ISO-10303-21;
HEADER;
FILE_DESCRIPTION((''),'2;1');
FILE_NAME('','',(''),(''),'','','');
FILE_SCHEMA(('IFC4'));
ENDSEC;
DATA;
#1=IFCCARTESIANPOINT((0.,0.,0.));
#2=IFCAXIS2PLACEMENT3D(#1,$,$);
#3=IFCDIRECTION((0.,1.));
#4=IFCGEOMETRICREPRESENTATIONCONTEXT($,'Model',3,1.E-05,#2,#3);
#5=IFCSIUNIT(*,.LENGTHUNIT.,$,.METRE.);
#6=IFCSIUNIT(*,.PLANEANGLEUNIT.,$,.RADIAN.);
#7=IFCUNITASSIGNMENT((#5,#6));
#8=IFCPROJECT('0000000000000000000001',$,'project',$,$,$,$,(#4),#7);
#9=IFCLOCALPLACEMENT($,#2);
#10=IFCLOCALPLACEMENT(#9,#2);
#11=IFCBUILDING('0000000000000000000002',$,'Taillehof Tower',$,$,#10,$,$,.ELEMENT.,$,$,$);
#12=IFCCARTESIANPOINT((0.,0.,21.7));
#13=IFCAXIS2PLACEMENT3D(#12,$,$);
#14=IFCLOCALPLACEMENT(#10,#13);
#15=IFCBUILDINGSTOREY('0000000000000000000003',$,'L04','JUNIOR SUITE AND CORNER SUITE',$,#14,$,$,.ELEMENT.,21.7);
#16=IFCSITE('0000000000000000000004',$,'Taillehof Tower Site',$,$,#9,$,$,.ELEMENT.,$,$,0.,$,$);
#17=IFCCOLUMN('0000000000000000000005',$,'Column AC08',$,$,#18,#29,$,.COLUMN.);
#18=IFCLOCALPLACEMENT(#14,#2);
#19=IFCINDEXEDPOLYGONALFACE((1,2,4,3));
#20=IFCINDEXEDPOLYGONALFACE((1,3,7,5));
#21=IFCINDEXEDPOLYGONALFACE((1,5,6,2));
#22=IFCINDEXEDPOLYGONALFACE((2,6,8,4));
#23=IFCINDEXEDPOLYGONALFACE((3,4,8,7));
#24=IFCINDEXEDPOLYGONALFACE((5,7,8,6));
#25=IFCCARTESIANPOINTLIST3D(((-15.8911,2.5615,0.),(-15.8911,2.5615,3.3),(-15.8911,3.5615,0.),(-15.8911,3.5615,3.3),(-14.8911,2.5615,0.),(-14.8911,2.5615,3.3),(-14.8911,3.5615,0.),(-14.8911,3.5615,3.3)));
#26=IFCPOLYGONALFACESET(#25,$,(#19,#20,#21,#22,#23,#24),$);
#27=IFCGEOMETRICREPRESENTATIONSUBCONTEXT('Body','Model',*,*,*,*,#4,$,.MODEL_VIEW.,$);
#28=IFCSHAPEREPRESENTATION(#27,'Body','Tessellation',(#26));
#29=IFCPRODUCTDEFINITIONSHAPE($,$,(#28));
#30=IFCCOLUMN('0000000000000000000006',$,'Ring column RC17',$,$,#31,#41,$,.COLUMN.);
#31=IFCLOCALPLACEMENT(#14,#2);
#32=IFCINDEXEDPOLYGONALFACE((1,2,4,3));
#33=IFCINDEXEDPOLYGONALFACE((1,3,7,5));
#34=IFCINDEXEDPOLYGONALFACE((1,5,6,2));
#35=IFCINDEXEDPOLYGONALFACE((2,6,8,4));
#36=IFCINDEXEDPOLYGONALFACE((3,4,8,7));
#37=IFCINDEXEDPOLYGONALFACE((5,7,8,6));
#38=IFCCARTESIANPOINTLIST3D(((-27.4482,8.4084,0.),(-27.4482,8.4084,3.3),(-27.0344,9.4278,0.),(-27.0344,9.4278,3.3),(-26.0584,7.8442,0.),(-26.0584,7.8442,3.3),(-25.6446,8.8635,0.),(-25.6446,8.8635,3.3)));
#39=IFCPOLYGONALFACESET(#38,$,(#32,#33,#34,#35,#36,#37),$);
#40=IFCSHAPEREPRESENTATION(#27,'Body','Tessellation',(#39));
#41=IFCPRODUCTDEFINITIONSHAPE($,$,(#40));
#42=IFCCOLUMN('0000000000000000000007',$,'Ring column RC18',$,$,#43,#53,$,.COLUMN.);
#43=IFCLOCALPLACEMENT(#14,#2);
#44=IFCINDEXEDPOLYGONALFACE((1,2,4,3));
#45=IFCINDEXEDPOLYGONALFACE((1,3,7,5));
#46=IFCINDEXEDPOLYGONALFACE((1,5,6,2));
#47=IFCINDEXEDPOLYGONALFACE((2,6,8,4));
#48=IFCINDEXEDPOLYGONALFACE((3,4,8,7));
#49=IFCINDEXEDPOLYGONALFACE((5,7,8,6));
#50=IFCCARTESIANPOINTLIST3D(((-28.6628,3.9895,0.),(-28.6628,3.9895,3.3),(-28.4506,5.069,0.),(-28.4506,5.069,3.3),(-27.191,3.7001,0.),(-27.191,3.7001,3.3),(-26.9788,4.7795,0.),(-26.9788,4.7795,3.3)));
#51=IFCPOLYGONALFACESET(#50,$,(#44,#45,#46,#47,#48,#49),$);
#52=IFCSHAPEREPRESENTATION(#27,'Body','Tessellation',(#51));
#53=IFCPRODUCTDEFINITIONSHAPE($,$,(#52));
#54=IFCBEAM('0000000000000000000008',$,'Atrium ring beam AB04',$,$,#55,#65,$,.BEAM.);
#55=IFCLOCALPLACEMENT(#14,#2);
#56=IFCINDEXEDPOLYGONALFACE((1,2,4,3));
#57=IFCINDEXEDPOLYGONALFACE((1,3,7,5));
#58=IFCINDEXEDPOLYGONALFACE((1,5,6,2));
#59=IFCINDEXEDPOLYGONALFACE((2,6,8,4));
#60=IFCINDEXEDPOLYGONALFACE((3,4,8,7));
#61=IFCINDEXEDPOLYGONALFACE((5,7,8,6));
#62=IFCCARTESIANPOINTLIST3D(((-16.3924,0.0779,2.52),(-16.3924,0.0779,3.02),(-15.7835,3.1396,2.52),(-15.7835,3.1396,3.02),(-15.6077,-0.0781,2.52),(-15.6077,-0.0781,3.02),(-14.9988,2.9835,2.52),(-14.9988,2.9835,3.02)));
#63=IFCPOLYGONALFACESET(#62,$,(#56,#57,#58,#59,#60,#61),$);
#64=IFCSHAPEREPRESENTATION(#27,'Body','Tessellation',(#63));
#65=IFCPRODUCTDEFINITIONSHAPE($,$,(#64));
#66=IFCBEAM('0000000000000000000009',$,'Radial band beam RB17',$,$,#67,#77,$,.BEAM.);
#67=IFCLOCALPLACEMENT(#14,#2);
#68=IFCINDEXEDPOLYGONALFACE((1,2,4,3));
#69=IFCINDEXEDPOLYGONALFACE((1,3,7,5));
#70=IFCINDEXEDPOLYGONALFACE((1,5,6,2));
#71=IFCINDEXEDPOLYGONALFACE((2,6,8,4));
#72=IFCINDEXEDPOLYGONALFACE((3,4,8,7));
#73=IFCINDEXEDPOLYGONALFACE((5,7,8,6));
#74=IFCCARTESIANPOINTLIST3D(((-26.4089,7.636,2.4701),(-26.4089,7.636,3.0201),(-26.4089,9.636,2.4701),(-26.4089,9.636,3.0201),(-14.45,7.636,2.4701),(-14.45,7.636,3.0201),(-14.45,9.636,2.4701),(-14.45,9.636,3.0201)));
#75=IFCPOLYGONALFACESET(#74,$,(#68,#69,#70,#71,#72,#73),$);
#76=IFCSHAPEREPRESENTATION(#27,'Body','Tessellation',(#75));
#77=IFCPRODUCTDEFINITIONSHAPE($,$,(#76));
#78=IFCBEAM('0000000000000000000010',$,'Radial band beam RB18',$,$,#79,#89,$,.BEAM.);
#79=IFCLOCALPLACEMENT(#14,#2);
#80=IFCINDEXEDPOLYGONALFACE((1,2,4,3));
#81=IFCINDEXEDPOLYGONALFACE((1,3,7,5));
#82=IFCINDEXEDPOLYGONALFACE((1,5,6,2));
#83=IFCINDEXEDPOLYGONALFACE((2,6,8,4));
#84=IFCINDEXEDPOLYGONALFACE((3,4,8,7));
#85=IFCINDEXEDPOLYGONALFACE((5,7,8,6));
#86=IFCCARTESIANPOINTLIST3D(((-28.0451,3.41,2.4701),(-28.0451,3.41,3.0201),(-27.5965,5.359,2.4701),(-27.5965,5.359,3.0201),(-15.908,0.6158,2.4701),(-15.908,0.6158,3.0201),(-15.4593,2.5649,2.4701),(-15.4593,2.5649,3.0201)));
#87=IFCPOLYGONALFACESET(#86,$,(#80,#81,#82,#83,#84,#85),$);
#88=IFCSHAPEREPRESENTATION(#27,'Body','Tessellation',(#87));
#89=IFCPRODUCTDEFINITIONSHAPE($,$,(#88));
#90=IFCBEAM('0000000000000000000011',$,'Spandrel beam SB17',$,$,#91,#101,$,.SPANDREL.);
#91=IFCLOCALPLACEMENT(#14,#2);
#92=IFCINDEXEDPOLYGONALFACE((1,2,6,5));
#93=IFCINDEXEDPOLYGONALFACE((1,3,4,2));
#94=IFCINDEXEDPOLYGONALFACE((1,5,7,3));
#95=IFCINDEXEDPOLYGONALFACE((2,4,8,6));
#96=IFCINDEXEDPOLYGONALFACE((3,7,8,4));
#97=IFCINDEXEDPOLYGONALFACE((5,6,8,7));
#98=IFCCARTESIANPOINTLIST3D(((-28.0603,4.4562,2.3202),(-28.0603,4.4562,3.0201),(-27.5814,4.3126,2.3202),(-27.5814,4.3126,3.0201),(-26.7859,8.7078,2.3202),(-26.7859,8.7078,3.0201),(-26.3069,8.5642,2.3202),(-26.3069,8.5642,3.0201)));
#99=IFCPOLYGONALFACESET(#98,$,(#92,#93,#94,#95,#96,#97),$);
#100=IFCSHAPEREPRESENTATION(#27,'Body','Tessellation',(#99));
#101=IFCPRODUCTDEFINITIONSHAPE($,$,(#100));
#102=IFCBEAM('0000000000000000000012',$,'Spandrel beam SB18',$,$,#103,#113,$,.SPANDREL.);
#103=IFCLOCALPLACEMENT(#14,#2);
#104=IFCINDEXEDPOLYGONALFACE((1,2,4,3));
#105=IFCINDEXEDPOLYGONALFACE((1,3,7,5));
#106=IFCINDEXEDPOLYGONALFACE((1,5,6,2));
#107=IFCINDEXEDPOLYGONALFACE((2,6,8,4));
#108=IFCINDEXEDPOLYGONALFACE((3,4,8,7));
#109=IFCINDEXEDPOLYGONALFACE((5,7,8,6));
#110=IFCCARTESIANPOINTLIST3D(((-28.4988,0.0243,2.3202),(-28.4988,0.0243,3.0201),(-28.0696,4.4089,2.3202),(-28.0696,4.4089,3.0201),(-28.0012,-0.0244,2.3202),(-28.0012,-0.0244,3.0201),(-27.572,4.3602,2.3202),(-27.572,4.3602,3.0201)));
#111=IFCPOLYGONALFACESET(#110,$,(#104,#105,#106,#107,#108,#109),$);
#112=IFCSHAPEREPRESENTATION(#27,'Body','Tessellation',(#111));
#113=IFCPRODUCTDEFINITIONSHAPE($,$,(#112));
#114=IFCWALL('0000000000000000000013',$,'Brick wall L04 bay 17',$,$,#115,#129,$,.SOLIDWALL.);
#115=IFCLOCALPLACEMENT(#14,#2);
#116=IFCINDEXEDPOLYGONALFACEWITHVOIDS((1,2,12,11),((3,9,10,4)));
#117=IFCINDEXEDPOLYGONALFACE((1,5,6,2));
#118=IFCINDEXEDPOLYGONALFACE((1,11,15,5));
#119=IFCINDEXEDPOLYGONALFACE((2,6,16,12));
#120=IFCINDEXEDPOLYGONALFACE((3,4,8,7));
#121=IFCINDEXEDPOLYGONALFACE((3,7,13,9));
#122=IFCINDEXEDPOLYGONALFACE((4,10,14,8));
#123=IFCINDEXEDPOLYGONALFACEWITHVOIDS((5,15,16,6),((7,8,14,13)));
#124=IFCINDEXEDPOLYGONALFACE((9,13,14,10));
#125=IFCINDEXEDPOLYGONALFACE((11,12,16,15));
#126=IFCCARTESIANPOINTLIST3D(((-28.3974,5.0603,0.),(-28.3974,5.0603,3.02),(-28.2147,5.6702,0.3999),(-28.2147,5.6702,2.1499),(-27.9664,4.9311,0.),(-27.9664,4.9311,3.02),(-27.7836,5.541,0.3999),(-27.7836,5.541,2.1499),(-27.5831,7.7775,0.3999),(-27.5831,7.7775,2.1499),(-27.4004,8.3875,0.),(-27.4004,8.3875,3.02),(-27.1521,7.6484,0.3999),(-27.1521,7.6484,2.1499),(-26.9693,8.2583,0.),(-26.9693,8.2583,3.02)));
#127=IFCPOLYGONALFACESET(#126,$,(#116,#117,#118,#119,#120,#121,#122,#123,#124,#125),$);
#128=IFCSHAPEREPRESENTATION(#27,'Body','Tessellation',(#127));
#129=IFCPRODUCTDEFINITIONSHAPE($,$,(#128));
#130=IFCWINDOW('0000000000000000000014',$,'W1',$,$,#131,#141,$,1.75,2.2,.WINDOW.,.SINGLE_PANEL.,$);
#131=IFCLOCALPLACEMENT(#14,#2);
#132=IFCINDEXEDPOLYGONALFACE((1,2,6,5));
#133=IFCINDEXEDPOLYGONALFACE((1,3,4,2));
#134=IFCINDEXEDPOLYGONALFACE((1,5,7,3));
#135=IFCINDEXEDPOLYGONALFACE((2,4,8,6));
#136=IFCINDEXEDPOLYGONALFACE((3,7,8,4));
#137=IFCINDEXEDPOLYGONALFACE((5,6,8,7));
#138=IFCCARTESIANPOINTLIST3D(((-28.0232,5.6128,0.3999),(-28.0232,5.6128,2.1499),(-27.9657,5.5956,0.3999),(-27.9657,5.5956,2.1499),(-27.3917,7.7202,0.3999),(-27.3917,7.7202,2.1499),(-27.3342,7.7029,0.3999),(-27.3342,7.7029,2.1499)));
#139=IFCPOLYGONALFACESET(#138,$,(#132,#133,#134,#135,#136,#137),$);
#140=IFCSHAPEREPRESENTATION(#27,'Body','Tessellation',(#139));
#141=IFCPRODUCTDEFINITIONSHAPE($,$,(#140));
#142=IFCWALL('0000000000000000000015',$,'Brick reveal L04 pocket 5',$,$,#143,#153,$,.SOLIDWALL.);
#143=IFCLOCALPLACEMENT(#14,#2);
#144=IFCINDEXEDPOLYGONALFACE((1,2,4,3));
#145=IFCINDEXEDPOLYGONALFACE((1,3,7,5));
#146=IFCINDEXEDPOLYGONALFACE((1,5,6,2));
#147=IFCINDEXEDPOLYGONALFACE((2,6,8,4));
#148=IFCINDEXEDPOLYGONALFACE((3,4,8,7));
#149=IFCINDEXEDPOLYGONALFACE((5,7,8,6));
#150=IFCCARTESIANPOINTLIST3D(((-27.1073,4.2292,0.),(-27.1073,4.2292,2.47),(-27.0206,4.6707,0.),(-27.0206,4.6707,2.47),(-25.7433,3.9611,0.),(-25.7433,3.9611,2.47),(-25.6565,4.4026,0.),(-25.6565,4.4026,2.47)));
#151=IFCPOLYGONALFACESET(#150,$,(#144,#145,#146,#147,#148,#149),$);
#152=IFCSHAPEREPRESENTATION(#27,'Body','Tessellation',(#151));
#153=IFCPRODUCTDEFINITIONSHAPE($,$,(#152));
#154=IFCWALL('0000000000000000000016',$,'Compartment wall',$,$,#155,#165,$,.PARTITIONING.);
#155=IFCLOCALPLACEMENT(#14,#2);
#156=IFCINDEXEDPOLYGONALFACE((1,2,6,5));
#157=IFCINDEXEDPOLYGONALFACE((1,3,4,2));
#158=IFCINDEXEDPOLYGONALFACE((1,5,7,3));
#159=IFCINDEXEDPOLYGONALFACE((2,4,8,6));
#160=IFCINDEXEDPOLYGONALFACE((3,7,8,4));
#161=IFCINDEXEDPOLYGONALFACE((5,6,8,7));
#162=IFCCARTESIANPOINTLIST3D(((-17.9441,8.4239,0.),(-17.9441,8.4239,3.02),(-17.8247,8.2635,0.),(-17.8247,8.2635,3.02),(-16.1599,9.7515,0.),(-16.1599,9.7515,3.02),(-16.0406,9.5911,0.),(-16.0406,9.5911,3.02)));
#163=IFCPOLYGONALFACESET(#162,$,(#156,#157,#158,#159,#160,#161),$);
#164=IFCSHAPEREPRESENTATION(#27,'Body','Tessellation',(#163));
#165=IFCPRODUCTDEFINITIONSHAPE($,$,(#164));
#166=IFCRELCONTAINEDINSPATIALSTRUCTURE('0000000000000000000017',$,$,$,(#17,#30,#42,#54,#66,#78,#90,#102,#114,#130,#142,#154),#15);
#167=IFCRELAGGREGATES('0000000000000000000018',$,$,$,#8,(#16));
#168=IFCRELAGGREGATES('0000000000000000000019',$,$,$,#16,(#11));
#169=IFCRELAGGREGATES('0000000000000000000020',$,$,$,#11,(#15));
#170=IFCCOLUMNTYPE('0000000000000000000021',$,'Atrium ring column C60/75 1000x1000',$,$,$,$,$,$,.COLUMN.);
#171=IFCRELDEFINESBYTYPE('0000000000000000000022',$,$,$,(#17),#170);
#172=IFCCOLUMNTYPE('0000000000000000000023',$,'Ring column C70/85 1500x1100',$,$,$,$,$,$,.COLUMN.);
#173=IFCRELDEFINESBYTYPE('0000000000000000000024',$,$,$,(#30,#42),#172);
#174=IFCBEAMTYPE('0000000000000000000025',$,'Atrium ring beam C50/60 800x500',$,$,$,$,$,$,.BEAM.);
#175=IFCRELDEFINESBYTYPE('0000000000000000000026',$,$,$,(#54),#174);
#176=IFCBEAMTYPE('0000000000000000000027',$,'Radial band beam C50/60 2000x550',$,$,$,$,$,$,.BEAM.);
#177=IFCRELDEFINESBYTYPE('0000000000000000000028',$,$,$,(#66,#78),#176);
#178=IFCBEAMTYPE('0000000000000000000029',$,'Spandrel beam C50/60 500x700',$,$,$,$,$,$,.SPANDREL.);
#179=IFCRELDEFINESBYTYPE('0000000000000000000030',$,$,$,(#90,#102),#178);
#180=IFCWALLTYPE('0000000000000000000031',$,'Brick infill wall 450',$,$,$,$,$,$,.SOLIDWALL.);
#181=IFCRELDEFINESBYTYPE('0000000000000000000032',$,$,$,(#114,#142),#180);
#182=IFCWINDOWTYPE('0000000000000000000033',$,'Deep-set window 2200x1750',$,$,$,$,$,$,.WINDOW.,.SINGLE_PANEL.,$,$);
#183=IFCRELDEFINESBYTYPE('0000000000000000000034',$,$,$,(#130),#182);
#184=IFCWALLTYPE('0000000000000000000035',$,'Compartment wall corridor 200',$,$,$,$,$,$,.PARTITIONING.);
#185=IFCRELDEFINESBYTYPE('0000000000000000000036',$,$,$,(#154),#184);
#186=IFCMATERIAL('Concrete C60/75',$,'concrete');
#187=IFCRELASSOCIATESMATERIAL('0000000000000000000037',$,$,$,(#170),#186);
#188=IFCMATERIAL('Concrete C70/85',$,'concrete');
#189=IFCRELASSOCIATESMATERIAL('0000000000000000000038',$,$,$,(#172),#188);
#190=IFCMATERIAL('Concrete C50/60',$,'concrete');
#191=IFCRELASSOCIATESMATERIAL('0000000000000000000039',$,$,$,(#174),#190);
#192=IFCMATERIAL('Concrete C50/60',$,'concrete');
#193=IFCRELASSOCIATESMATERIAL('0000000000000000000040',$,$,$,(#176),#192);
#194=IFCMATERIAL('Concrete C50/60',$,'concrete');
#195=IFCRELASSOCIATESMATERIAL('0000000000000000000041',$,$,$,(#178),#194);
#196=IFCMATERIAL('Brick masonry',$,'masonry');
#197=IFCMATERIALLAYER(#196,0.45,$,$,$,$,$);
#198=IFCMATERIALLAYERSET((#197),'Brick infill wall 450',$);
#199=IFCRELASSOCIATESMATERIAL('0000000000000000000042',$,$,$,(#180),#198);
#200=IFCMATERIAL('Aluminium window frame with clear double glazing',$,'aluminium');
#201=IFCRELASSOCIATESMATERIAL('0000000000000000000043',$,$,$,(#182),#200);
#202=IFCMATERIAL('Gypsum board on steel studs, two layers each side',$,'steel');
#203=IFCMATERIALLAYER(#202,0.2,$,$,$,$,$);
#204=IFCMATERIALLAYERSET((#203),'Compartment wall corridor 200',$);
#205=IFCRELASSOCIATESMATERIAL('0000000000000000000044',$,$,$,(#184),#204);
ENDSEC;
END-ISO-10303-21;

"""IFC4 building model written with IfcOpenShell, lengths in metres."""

from ifc_helpers import new_model, si_unit, direction, frame, frame_2d, origin, origin_2d, place, context, subcontext, project, spatial, rectangle, extrude, material, layer, layer_set, material_profile, profile_set, type_object, element, fill, save


model = new_model("IFC4")

# Units and contexts
model_context = context("Model", 3, precision=1e-05, world=origin(), true_north=direction((0.0, 1.0)))
body_context = subcontext(model_context, "Body", "Model", "MODEL_VIEW")
ifc_project = project(units=[si_unit("LENGTHUNIT", "METRE"), si_unit("PLANEANGLEUNIT", "RADIAN")], contexts=[model_context])

# Site, building, storey
site_placement = place(None, origin())
site = spatial("IfcSite", under=ifc_project, at=site_placement, Name="Taillehof Tower Site", CompositionType="ELEMENT", RefElevation=0.0)
building_placement = place(site_placement, origin())
building = spatial("IfcBuilding", under=site, at=building_placement, Name="Taillehof Tower", CompositionType="ELEMENT")
storey_placement = place(building_placement, frame((0.0, 0.0, 21.7)))
storey = spatial("IfcBuildingStorey", under=building, at=storey_placement, Name="L04", Description="JUNIOR SUITE AND CORNER SUITE", CompositionType="ELEMENT", Elevation=21.7)

# Columns
ifc_material_1 = material(Name="Concrete C60/75", Category="concrete")
ifc_material_profile_1 = material_profile(ifc_material_1, rectangle(XDim=1.0, YDim=1.0, at=origin_2d()), Name="RC 1000x1000")
ifc_profile_set_1 = profile_set([ifc_material_profile_1], Name="Concrete C60/75")
column_type_1 = type_object("IfcColumnType", Name="Atrium ring column C60/75 1000x1000", PredefinedType="COLUMN", material=ifc_profile_set_1)
column_placement = place(storey_placement, frame((-15.3911, 3.0615, 0.0), z_axis=(0.0, 0.0, 1.0), x_axis=(1.0, 0.0, 0.0)))
element("IfcColumn", 1, at=column_placement, inside=storey, type_object=column_type_1, Name="Column AC08", PredefinedType="COLUMN", context=body_context, shape_type="SweptSolid", body=[
    extrude(rectangle(XDim=1.0, YDim=1.0, at=origin_2d()), origin(), (0.0, 0.0, 1.0), 3.3),
])
ifc_material_2 = material(Name="Concrete C70/85", Category="concrete")
ifc_material_profile_2 = material_profile(ifc_material_2, rectangle(XDim=1.5, YDim=1.1001, at=origin_2d()), Name="RC 1500x1100")
ifc_profile_set_2 = profile_set([ifc_material_profile_2], Name="Concrete C70/85")
column_type_2 = type_object("IfcColumnType", Name="Ring column C70/85 1500x1100", PredefinedType="COLUMN", material=ifc_profile_set_2)
for number, where, z_axis, x_axis, name in (
    (2, (-26.5464, 8.636, 0.0), (0.0, 0.0, 1.0), (-0.926558, 0.376152, 0.0), "Ring column RC17"),
    (3, (-27.8208, 4.3845, 0.0), (0.0, 0.0, 1.0), (-0.981204, 0.192976, 0.0), "Ring column RC18"),
):
    element("IfcColumn", number, at=place(storey_placement, frame(where, z_axis=z_axis, x_axis=x_axis)), inside=storey, type_object=column_type_2, Name=name, PredefinedType="COLUMN", context=body_context, shape_type="SweptSolid", body=[
        extrude(rectangle(XDim=1.5, YDim=1.1001, at=origin_2d()), origin(), (0.0, 0.0, 1.0), 3.3),
    ])

# Beams
ifc_material_3 = material(Name="Concrete C50/60", Category="concrete")
ifc_material_profile_3 = material_profile(ifc_material_3, rectangle(XDim=0.8, YDim=0.5, at=origin_2d()), Name="RC 800x500")
ifc_profile_set_3 = profile_set([ifc_material_profile_3], Name="Concrete C50/60")
beam_type_1 = type_object("IfcBeamType", Name="Atrium ring beam C50/60 800x500", PredefinedType="BEAM", material=ifc_profile_set_3)
beam_1_placement = place(storey_placement, frame((-15.3911, 3.0615, 2.77), z_axis=(-0.195063, -0.980791, 0.0), x_axis=(0.980791, -0.195063, 0.0)))
element("IfcBeam", 4, at=beam_1_placement, inside=storey, type_object=beam_type_1, Name="Atrium ring beam AB04", PredefinedType="BEAM", context=body_context, shape_type="SweptSolid", body=[
    extrude(rectangle(XDim=0.8, YDim=0.5, at=origin_2d()), origin(), (0.0, 0.0, 1.0), 3.1216),
])
ifc_material_4 = material(Name="Concrete C50/60", Category="concrete")
ifc_material_profile_4 = material_profile(ifc_material_4, rectangle(XDim=2.0, YDim=0.55, at=origin_2d()), Name="RC 2000x550")
ifc_profile_set_4 = profile_set([ifc_material_profile_4], Name="Concrete C50/60")
beam_type_2 = type_object("IfcBeamType", Name="Radial band beam C50/60 2000x550", PredefinedType="BEAM", material=ifc_profile_set_4)
beam_2_placement = place(storey_placement, frame((-26.4089, 8.636, 2.7451), z_axis=(1.0, 0.0, 0.0), x_axis=(0.0, 1.0, 0.0)))
element("IfcBeam", 5, at=beam_2_placement, inside=storey, type_object=beam_type_2, Name="Radial band beam RB17", PredefinedType="BEAM", context=body_context, shape_type="SweptSolid", body=[
    extrude(rectangle(XDim=2.0, YDim=0.55, at=origin_2d()), origin(), (0.0, 0.0, 1.0), 11.959),
])
beam_3_placement = place(storey_placement, frame((-27.8208, 4.3845, 2.7451), z_axis=(0.974509, -0.224348, 0.0), x_axis=(0.224348, 0.974509, 0.0)))
element("IfcBeam", 6, at=beam_3_placement, inside=storey, type_object=beam_type_2, Name="Radial band beam RB18", PredefinedType="BEAM", context=body_context, shape_type="SweptSolid", body=[
    extrude(rectangle(XDim=2.0, YDim=0.55, at=origin_2d()), origin(), (0.0, 0.0, 1.0), 12.4546),
])
ifc_material_5 = material(Name="Concrete C50/60", Category="concrete")
ifc_material_profile_5 = material_profile(ifc_material_5, rectangle(XDim=0.5, YDim=0.7, at=origin_2d()), Name="RC 500x700")
ifc_profile_set_5 = profile_set([ifc_material_profile_5], Name="Concrete C50/60")
beam_type_3 = type_object("IfcBeamType", Name="Spandrel beam C50/60 500x700", PredefinedType="SPANDREL", material=ifc_profile_set_5)
beam_4_placement = place(storey_placement, frame((-26.5464, 8.636, 2.6702), z_axis=(-0.287136, -0.95789, 0.0), x_axis=(0.95789, -0.287136, 0.0)))
element("IfcBeam", 7, at=beam_4_placement, inside=storey, type_object=beam_type_3, Name="Spandrel beam SB17", PredefinedType="SPANDREL", context=body_context, shape_type="SweptSolid", body=[
    extrude(rectangle(XDim=0.5, YDim=0.7, at=origin_2d()), origin(), (0.0, 0.0, 1.0), 4.4385),
])
beam_5_placement = place(storey_placement, frame((-27.8208, 4.3845, 2.6702), z_axis=(-0.097424, -0.995243, 0.0), x_axis=(0.995243, -0.097424, 0.0)))
element("IfcBeam", 8, at=beam_5_placement, inside=storey, type_object=beam_type_3, Name="Spandrel beam SB18", PredefinedType="SPANDREL", context=body_context, shape_type="SweptSolid", body=[
    extrude(rectangle(XDim=0.5, YDim=0.7, at=origin_2d()), origin(), (0.0, 0.0, 1.0), 4.4055),
])

# Wall, opening, window
ifc_material_6 = material(Name="Brick masonry", Category="masonry")
ifc_layer_1 = layer(ifc_material_6, 0.45)
ifc_layer_set_1 = layer_set([ifc_layer_1], Name="Brick infill wall 450")
wall_type_1 = type_object("IfcWallType", Name="Brick infill wall 450", PredefinedType="SOLIDWALL", material=ifc_layer_set_1)
wall_1_placement = place(storey_placement, frame((-27.1848, 8.323, 0.0), z_axis=(0.0, 0.0, 1.0), x_axis=(-0.287064, -0.957911, 0.0)))
wall_1 = element("IfcWall", 9, at=wall_1_placement, inside=storey, type_object=wall_type_1, Name="Brick wall L04 bay 17", PredefinedType="SOLIDWALL", context=body_context, shape_type="SweptSolid", body=[
    extrude(rectangle(XDim=3.4734, YDim=0.45, at=frame_2d((1.7368, 0.0))), origin(), (0.0, 0.0, 1.0), 3.02),
])
opening_1_placement = place(wall_1_placement, frame((0.6367, 0.0, 0.3999)))
opening_1 = element("IfcOpeningElement", 10, at=opening_1_placement, cuts=wall_1, PredefinedType="OPENING", context=body_context, shape_type="SweptSolid", body=[
    extrude(rectangle(XDim=2.2, YDim=1.75, at=frame_2d((1.1001, 0.875))), frame((0.0, 0.2349, 0.0), z_axis=(0.0, -1.0, 0.0), x_axis=(1.0, 0.0, 0.0)), (0.0, 0.0, 1.0), 0.47),
])
ifc_material_7 = material(Name="Aluminium window frame with clear double glazing", Category="aluminium")
window_type_1 = type_object("IfcWindowType", Name="Deep-set window 2200x1750", PartitioningType="SINGLE_PANEL", PredefinedType="WINDOW", material=ifc_material_7)
window_1_placement = place(opening_1_placement, origin())
window_1 = element("IfcWindow", 11, at=window_1_placement, inside=storey, type_object=window_type_1, Name="W1", OverallHeight=1.75, OverallWidth=2.2, PartitioningType="SINGLE_PANEL", PredefinedType="WINDOW", context=body_context, shape_type="SweptSolid", body=[
    extrude(rectangle(XDim=2.2, YDim=1.75, at=frame_2d((1.1001, 0.875))), frame((0.0, 0.0349, 0.0), z_axis=(0.0, -1.0, 0.0), x_axis=(1.0, 0.0, 0.0)), (0.0, 0.0, 1.0), 0.0601),
])
fill(opening_1, window_1)

# Wall
wall_2_placement = place(storey_placement, frame((-27.064, 4.45, 0.0), z_axis=(0.0, 0.0, 1.0), x_axis=(0.98123, -0.192839, 0.0)))
element("IfcWall", 12, at=wall_2_placement, inside=storey, type_object=wall_type_1, Name="Brick reveal L04 pocket 5", PredefinedType="SOLIDWALL", context=body_context, shape_type="SweptSolid", body=[
    extrude(rectangle(XDim=1.3901, YDim=0.45, at=frame_2d((0.6951, 0.0))), origin(), (0.0, 0.0, 1.0), 2.47),
])

# Wall
ifc_material_8 = material(Name="Gypsum board on steel studs, two layers each side", Category="steel")
ifc_layer_2 = layer(ifc_material_8, 0.2)
ifc_layer_set_2 = layer_set([ifc_layer_2], Name="Compartment wall corridor 200")
wall_type_2 = type_object("IfcWallType", Name="Compartment wall corridor 200", PredefinedType="PARTITIONING", material=ifc_layer_set_2)
wall_3_placement = place(storey_placement, frame((-17.8843, 8.3438, 0.0), z_axis=(0.0, 0.0, 1.0), x_axis=(0.80226, 0.596975, 0.0)))
element("IfcWall", 13, at=wall_3_placement, inside=storey, type_object=wall_type_2, Name="Compartment wall", PredefinedType="PARTITIONING", context=body_context, shape_type="SweptSolid", body=[
    extrude(rectangle(XDim=2.2239, YDim=0.2, at=frame_2d((1.1118, 0.0))), origin(), (0.0, 0.0, 1.0), 3.02),
])

save(model, "model.ifc")
